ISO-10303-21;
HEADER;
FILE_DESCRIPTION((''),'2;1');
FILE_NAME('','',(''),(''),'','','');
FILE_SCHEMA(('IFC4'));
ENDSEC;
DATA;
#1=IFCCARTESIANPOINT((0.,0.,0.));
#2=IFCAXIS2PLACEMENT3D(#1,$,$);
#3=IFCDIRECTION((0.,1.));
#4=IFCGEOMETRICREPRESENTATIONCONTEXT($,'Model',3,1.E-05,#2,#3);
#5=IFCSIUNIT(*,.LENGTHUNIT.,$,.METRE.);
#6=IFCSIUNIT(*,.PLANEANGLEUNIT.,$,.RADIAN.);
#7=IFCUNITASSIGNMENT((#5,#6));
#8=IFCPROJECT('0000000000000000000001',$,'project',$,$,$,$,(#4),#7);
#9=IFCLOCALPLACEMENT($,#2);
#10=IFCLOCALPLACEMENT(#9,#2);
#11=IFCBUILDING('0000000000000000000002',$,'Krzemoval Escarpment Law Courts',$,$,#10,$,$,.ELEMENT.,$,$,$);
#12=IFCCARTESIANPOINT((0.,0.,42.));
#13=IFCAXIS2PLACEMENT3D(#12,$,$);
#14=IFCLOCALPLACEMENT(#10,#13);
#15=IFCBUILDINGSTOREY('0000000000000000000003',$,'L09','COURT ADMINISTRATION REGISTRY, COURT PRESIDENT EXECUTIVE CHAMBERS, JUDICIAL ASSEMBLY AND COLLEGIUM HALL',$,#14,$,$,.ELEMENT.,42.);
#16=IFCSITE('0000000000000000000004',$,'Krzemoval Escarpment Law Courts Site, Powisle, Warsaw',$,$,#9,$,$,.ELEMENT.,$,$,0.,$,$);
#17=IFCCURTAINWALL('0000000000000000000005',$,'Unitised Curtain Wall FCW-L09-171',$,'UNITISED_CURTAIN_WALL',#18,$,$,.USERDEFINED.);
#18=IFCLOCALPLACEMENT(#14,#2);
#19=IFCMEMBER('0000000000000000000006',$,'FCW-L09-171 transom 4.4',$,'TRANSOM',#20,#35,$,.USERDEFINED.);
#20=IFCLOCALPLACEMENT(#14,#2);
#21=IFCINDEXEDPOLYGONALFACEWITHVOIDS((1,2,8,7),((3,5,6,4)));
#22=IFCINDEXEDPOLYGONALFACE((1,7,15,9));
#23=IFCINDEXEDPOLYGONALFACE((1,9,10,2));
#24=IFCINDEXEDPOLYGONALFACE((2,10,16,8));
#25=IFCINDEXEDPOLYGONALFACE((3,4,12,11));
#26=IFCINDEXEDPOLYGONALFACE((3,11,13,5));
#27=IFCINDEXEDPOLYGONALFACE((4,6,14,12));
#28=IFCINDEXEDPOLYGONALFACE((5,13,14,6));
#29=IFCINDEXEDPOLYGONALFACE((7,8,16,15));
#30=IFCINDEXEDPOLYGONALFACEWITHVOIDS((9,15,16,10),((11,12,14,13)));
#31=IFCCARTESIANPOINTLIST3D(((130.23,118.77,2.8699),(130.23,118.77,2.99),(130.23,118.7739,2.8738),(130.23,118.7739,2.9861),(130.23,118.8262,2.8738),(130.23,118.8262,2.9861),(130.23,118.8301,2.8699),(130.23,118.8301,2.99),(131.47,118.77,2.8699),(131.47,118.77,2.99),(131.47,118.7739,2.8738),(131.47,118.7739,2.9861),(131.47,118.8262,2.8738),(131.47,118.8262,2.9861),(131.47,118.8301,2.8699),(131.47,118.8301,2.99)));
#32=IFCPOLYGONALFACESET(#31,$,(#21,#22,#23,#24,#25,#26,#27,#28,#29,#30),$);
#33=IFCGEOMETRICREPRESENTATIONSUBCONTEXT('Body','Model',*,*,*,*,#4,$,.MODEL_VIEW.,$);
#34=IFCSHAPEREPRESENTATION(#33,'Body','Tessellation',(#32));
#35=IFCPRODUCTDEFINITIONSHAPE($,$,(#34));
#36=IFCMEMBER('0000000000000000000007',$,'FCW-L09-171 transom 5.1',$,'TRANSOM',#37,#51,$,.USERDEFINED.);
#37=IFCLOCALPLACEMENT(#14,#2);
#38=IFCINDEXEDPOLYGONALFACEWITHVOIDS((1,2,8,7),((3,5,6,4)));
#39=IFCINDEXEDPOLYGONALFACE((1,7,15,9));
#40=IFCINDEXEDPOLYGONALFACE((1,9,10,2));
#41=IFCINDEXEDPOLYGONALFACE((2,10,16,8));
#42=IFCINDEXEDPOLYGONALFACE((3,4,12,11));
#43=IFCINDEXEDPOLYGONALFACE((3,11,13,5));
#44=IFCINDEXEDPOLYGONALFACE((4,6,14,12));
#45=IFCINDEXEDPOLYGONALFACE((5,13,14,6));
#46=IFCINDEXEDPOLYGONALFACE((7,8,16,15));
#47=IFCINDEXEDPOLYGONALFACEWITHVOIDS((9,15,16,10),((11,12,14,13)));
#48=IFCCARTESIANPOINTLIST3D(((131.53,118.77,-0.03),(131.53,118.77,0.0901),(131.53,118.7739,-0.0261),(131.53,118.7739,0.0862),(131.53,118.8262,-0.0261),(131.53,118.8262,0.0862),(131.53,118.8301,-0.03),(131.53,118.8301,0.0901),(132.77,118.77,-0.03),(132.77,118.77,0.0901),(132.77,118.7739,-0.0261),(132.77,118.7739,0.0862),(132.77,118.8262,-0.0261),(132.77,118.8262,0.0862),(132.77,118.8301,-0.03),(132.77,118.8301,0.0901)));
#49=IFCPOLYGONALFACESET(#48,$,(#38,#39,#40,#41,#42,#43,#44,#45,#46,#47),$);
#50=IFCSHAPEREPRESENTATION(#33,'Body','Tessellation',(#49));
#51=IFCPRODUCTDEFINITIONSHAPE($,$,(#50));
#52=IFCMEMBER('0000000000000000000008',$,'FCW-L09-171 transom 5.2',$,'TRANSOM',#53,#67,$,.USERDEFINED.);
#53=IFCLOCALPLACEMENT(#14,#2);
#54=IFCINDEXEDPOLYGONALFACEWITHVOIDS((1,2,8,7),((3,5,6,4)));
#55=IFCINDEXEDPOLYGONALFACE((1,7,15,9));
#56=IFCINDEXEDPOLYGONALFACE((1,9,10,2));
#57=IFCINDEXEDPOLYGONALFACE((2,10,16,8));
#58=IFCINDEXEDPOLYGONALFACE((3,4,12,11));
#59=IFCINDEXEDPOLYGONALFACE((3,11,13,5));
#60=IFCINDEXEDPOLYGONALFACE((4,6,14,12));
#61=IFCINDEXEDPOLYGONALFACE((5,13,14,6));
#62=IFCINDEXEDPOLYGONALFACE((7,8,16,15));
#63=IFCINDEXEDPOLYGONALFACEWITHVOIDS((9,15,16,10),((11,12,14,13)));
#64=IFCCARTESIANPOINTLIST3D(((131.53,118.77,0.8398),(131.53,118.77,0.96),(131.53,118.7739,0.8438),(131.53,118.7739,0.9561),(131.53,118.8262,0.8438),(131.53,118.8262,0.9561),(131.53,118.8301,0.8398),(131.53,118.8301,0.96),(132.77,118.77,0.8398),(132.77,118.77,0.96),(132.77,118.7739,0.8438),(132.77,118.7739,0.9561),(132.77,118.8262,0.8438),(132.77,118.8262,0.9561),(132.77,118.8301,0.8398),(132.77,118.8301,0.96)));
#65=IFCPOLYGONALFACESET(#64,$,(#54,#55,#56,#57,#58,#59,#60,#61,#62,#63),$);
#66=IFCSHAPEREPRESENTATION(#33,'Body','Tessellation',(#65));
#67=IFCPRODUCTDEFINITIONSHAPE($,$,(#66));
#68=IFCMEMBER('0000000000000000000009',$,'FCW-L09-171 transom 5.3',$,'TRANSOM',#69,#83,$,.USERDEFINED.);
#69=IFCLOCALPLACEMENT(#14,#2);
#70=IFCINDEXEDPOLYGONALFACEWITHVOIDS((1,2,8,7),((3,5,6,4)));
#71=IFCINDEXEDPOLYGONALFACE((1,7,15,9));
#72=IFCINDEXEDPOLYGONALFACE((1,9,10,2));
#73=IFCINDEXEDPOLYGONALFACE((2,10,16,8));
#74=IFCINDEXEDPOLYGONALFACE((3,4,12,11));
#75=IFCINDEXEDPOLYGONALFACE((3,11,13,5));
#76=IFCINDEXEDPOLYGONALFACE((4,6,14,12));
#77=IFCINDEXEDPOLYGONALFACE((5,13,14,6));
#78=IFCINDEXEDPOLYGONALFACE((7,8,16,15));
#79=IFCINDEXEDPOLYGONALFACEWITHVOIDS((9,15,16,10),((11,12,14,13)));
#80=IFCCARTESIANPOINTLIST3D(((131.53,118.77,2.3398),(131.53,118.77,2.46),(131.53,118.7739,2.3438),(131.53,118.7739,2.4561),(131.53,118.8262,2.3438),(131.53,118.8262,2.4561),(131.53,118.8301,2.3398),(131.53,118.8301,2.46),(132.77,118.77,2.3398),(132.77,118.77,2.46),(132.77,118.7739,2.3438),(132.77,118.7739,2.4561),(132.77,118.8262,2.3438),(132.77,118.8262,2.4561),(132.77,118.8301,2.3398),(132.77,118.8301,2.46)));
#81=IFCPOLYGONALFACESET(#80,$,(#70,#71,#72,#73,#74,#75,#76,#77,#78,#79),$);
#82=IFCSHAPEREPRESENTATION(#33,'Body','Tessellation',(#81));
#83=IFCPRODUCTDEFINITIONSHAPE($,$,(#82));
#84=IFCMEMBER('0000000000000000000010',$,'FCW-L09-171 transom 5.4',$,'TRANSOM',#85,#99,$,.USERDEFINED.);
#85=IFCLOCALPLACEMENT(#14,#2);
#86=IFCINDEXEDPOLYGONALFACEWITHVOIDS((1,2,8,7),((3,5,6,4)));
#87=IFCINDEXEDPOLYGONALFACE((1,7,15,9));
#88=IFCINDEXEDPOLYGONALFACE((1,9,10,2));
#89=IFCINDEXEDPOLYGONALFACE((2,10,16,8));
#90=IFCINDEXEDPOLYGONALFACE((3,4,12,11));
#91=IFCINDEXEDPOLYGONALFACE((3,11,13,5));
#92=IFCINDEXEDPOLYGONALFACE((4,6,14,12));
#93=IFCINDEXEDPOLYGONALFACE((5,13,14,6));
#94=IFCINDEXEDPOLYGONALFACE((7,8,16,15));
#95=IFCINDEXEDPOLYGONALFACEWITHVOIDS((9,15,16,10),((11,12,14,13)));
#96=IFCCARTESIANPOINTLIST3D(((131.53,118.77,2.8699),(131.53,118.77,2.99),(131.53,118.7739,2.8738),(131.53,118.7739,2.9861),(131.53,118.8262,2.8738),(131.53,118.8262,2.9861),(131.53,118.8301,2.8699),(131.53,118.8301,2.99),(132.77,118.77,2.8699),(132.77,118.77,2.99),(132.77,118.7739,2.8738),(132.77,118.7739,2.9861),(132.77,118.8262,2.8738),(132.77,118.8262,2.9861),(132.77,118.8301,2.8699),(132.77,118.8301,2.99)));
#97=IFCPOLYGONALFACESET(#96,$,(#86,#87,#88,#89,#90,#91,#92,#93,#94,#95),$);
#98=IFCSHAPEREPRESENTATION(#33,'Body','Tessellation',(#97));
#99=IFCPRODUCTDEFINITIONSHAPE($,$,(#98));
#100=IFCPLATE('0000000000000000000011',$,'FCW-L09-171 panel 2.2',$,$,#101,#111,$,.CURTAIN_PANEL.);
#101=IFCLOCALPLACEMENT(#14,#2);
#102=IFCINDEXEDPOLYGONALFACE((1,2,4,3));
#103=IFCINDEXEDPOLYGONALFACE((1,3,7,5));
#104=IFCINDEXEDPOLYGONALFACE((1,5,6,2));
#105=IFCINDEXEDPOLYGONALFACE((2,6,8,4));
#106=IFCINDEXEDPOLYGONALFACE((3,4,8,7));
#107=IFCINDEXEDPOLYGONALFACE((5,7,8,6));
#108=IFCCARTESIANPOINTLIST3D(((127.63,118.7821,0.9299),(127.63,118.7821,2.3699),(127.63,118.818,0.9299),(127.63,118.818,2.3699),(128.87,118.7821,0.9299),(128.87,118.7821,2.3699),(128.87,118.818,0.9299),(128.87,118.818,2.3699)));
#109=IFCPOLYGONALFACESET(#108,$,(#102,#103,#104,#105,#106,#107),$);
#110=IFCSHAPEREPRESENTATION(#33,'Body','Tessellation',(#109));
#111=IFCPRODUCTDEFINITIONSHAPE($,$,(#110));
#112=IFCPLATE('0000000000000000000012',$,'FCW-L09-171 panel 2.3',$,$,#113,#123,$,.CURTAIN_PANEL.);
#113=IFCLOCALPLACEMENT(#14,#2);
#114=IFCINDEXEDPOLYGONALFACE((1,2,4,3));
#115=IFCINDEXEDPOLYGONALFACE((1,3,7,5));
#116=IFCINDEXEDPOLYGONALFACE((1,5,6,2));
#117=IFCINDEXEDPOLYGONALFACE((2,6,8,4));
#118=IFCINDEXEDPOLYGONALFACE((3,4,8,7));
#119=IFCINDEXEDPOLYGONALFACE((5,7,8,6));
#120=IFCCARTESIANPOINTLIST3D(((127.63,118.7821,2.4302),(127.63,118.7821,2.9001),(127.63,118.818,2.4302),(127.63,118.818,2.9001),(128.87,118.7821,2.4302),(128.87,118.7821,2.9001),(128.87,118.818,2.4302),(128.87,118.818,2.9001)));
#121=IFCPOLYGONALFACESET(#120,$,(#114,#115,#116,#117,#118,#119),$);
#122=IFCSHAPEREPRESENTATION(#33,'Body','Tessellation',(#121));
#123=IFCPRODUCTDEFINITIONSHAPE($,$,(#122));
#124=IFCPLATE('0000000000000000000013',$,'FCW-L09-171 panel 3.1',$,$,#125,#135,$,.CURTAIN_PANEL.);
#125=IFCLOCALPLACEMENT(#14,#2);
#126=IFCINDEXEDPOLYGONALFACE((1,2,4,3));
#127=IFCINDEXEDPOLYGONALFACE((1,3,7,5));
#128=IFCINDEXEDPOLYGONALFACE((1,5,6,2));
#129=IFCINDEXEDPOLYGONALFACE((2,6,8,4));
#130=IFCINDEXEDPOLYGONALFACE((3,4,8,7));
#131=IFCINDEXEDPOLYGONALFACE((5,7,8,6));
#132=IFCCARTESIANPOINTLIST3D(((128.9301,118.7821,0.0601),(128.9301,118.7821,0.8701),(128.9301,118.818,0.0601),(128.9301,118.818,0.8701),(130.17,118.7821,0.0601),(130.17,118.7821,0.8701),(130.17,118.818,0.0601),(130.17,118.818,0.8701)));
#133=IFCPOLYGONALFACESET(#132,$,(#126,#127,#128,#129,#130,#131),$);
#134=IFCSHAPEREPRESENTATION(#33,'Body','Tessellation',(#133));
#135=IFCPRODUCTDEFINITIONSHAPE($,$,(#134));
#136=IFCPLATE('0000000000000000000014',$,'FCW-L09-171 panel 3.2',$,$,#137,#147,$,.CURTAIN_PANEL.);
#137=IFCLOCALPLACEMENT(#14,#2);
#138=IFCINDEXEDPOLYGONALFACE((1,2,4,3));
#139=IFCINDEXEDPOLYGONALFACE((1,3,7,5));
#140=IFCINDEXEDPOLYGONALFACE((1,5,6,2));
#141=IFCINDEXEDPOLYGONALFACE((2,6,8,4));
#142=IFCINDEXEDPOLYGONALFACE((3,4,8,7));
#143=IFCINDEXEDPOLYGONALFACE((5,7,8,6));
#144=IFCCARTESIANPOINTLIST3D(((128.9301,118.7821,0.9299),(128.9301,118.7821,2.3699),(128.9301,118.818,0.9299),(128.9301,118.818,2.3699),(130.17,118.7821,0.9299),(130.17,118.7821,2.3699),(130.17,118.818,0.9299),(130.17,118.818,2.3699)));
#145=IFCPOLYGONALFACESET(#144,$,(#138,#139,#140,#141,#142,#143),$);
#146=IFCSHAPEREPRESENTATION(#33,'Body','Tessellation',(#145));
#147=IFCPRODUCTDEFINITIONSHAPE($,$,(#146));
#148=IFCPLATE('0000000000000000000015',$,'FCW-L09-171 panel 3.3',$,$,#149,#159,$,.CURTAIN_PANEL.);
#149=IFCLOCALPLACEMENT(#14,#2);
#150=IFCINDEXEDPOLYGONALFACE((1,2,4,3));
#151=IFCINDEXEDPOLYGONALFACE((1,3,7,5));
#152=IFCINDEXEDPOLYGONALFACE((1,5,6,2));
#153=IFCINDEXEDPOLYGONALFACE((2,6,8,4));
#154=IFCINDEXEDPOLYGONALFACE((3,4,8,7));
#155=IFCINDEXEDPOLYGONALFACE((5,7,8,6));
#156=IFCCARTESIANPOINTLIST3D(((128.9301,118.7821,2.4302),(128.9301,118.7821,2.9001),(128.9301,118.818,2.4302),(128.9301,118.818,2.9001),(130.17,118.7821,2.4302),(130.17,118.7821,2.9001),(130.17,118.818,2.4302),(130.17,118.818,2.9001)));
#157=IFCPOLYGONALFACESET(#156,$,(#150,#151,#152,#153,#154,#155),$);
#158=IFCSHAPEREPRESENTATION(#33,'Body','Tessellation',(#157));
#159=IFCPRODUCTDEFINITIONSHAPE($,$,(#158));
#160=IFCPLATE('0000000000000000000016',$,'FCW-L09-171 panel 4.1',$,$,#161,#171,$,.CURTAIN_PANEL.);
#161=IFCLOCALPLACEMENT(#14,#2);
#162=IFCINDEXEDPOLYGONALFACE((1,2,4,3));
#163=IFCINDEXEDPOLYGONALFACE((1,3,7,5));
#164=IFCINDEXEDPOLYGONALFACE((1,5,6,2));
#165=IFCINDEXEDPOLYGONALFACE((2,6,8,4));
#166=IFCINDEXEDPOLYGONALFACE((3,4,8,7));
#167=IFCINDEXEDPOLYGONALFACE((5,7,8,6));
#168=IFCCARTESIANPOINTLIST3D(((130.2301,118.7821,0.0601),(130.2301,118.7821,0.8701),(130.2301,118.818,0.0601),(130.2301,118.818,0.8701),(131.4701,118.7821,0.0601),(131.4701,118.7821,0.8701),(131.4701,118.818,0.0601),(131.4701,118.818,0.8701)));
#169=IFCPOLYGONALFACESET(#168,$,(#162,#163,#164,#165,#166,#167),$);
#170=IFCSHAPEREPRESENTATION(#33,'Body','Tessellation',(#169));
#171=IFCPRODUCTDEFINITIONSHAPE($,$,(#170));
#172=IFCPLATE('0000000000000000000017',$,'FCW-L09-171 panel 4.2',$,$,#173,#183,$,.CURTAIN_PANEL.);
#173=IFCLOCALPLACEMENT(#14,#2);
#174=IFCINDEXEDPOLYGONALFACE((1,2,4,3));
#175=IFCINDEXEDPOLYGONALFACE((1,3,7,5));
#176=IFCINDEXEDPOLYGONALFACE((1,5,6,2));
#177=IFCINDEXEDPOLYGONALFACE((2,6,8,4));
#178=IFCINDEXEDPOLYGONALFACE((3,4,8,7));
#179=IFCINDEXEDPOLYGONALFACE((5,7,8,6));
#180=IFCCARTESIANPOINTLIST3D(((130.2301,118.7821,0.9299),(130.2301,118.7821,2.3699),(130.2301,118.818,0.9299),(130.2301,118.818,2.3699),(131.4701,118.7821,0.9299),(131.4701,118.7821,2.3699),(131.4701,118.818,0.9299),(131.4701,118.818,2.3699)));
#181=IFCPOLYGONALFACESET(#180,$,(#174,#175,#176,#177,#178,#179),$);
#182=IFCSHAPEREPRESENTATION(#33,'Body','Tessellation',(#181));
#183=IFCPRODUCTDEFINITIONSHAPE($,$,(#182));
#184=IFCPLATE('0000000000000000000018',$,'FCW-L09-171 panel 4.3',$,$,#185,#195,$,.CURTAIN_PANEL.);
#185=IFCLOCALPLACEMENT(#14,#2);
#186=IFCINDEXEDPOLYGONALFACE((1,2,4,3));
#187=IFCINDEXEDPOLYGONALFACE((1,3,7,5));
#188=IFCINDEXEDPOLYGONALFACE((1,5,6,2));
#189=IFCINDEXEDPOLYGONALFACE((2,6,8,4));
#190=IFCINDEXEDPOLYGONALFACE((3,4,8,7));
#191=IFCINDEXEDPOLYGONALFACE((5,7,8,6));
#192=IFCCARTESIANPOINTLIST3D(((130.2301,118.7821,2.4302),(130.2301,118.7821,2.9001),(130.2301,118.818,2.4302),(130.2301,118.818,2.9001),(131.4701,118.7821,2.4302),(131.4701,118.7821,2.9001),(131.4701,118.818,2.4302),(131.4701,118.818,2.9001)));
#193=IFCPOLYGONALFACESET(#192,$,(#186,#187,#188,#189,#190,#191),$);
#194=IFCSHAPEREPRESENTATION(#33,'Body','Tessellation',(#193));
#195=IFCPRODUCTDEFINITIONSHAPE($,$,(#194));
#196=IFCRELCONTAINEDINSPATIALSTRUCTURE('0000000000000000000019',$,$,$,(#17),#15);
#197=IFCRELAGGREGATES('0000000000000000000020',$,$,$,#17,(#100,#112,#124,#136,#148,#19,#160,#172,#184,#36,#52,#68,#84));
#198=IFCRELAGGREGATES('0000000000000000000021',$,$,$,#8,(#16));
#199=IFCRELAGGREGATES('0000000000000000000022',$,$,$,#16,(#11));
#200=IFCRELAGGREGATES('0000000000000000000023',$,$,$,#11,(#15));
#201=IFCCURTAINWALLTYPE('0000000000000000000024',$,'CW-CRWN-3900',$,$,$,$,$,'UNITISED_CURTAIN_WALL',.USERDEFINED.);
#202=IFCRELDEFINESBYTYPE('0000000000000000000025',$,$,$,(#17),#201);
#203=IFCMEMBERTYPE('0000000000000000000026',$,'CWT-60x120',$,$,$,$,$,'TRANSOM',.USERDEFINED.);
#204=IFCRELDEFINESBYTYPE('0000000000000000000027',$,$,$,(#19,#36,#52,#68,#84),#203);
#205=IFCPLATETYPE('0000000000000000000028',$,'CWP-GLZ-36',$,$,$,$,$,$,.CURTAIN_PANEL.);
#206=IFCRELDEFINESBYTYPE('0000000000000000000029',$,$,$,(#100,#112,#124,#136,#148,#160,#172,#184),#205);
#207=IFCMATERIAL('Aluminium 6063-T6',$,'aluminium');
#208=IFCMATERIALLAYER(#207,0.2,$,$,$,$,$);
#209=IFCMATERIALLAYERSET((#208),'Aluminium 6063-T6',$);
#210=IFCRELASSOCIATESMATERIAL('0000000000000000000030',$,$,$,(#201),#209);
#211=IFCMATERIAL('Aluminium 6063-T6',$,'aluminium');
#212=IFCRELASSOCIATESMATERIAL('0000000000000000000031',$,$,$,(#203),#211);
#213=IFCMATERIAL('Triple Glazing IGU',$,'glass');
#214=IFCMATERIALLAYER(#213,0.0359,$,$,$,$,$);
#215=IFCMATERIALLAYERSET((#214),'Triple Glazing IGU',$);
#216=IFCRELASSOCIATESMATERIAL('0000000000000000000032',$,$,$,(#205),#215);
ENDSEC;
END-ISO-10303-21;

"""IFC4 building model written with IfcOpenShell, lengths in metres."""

from ifc_helpers import new_model, si_unit, direction, frame, origin, origin_2d, place, context, subcontext, project, spatial, rectangle, hollow_rectangle, extrude, material, layer, layer_set, material_profile, profile_set, type_object, element, aggregate, save


model = new_model("IFC4")

# Units and contexts
model_context = context("Model", 3, precision=1e-05, world=origin(), true_north=direction((0.0, 1.0)))
body_context = subcontext(model_context, "Body", "Model", "MODEL_VIEW")
ifc_project = project(units=[si_unit("LENGTHUNIT", "METRE"), si_unit("PLANEANGLEUNIT", "RADIAN")], contexts=[model_context])

# Site, building, storey
site_placement = place(None, origin())
site = spatial("IfcSite", under=ifc_project, at=site_placement, Name="Krzemoval Escarpment Law Courts Site, Powisle, Warsaw", CompositionType="ELEMENT", RefElevation=0.0)
building_placement = place(site_placement, origin())
building = spatial("IfcBuilding", under=site, at=building_placement, Name="Krzemoval Escarpment Law Courts", CompositionType="ELEMENT")
storey_placement = place(building_placement, frame((0.0, 0.0, 42.0)))
storey = spatial("IfcBuildingStorey", under=building, at=storey_placement, Name="L09", Description="COURT ADMINISTRATION REGISTRY, COURT PRESIDENT EXECUTIVE CHAMBERS, JUDICIAL ASSEMBLY AND COLLEGIUM HALL", CompositionType="ELEMENT", Elevation=42.0)

# Curtain wall, members, plates
ifc_material_1 = material(Name="Aluminium 6063-T6", Category="aluminium")
ifc_layer_1 = layer(ifc_material_1, 0.2)
ifc_layer_set_1 = layer_set([ifc_layer_1], Name="Aluminium 6063-T6")
curtain_wall_type = type_object("IfcCurtainWallType", Name="CW-CRWN-3900", ElementType="UNITISED_CURTAIN_WALL", PredefinedType="USERDEFINED", material=ifc_layer_set_1)
curtain_wall_placement = place(storey_placement, origin())
curtain_wall = element("IfcCurtainWall", 1, at=curtain_wall_placement, inside=storey, type_object=curtain_wall_type, Name="Unitised Curtain Wall FCW-L09-171", ObjectType="UNITISED_CURTAIN_WALL", PredefinedType="USERDEFINED")
ifc_material_2 = material(Name="Aluminium 6063-T6", Category="aluminium")
ifc_material_profile_1 = material_profile(ifc_material_2, hollow_rectangle(XDim=0.0601, YDim=0.1201, WallThickness=0.0039, at=origin_2d()), Name="ALU T60x120")
ifc_profile_set_1 = profile_set([ifc_material_profile_1], Name="Aluminium 6063-T6")
member_type_1 = type_object("IfcMemberType", Name="CWT-60x120", ElementType="TRANSOM", PredefinedType="USERDEFINED", material=ifc_profile_set_1)
member_1_placement = place(storey_placement, frame((130.23, 118.8, 2.9299), z_axis=(1.0, 0.0, 0.0), x_axis=(0.0, 1.0, 0.0)))
member_1 = element("IfcMember", 2, at=member_1_placement, type_object=member_type_1, Name="FCW-L09-171 transom 4.4", ObjectType="TRANSOM", PredefinedType="USERDEFINED", context=body_context, shape_type="SweptSolid", body=[
    extrude(hollow_rectangle(XDim=0.0601, YDim=0.1201, WallThickness=0.0039, at=origin_2d()), origin(), (0.0, 0.0, 1.0), 1.24),
])
member_2_placement = place(storey_placement, frame((131.53, 118.8, 0.03), z_axis=(1.0, 0.0, 0.0), x_axis=(0.0, 1.0, 0.0)))
member_2 = element("IfcMember", 3, at=member_2_placement, type_object=member_type_1, Name="FCW-L09-171 transom 5.1", ObjectType="TRANSOM", PredefinedType="USERDEFINED", context=body_context, shape_type="SweptSolid", body=[
    extrude(hollow_rectangle(XDim=0.0601, YDim=0.1201, WallThickness=0.0039, at=origin_2d()), origin(), (0.0, 0.0, 1.0), 1.24),
])
member_3_placement = place(storey_placement, frame((131.53, 118.8, 0.8999), z_axis=(1.0, 0.0, 0.0), x_axis=(0.0, 1.0, 0.0)))
member_3 = element("IfcMember", 4, at=member_3_placement, type_object=member_type_1, Name="FCW-L09-171 transom 5.2", ObjectType="TRANSOM", PredefinedType="USERDEFINED", context=body_context, shape_type="SweptSolid", body=[
    extrude(hollow_rectangle(XDim=0.0601, YDim=0.1201, WallThickness=0.0039, at=origin_2d()), origin(), (0.0, 0.0, 1.0), 1.24),
])
member_4_placement = place(storey_placement, frame((131.53, 118.8, 2.3999), z_axis=(1.0, 0.0, 0.0), x_axis=(0.0, 1.0, 0.0)))
member_4 = element("IfcMember", 5, at=member_4_placement, type_object=member_type_1, Name="FCW-L09-171 transom 5.3", ObjectType="TRANSOM", PredefinedType="USERDEFINED", context=body_context, shape_type="SweptSolid", body=[
    extrude(hollow_rectangle(XDim=0.0601, YDim=0.1201, WallThickness=0.0039, at=origin_2d()), origin(), (0.0, 0.0, 1.0), 1.24),
])
member_5_placement = place(storey_placement, frame((131.53, 118.8, 2.9299), z_axis=(1.0, 0.0, 0.0), x_axis=(0.0, 1.0, 0.0)))
member_5 = element("IfcMember", 6, at=member_5_placement, type_object=member_type_1, Name="FCW-L09-171 transom 5.4", ObjectType="TRANSOM", PredefinedType="USERDEFINED", context=body_context, shape_type="SweptSolid", body=[
    extrude(hollow_rectangle(XDim=0.0601, YDim=0.1201, WallThickness=0.0039, at=origin_2d()), origin(), (0.0, 0.0, 1.0), 1.24),
])
ifc_material_3 = material(Name="Triple Glazing IGU", Category="glass")
ifc_layer_2 = layer(ifc_material_3, 0.0359)
ifc_layer_set_2 = layer_set([ifc_layer_2], Name="Triple Glazing IGU")
plate_type = type_object("IfcPlateType", Name="CWP-GLZ-36", PredefinedType="CURTAIN_PANEL", material=ifc_layer_set_2)
plate_1_placement = place(storey_placement, frame((128.25, 118.8, 0.9299), z_axis=(0.0, 0.0, 1.0), x_axis=(1.0, 0.0, 0.0)))
plate_1 = element("IfcPlate", 7, at=plate_1_placement, type_object=plate_type, Name="FCW-L09-171 panel 2.2", PredefinedType="CURTAIN_PANEL", context=body_context, shape_type="SweptSolid", body=[
    extrude(rectangle(XDim=1.24, YDim=0.0359, at=origin_2d()), origin(), (0.0, 0.0, 1.0), 1.4399),
])
plate_2_placement = place(storey_placement, frame((128.25, 118.8, 2.4302), z_axis=(0.0, 0.0, 1.0), x_axis=(1.0, 0.0, 0.0)))
plate_2 = element("IfcPlate", 8, at=plate_2_placement, type_object=plate_type, Name="FCW-L09-171 panel 2.3", PredefinedType="CURTAIN_PANEL", context=body_context, shape_type="SweptSolid", body=[
    extrude(rectangle(XDim=1.24, YDim=0.0359, at=origin_2d()), origin(), (0.0, 0.0, 1.0), 0.47),
])
plate_3_placement = place(storey_placement, frame((129.55, 118.8, 0.0601), z_axis=(0.0, 0.0, 1.0), x_axis=(1.0, 0.0, 0.0)))
plate_3 = element("IfcPlate", 9, at=plate_3_placement, type_object=plate_type, Name="FCW-L09-171 panel 3.1", PredefinedType="CURTAIN_PANEL", context=body_context, shape_type="SweptSolid", body=[
    extrude(rectangle(XDim=1.24, YDim=0.0359, at=origin_2d()), origin(), (0.0, 0.0, 1.0), 0.8101),
])
plate_4_placement = place(storey_placement, frame((129.55, 118.8, 0.9299), z_axis=(0.0, 0.0, 1.0), x_axis=(1.0, 0.0, 0.0)))
plate_4 = element("IfcPlate", 10, at=plate_4_placement, type_object=plate_type, Name="FCW-L09-171 panel 3.2", PredefinedType="CURTAIN_PANEL", context=body_context, shape_type="SweptSolid", body=[
    extrude(rectangle(XDim=1.24, YDim=0.0359, at=origin_2d()), origin(), (0.0, 0.0, 1.0), 1.4399),
])
plate_5_placement = place(storey_placement, frame((129.55, 118.8, 2.4302), z_axis=(0.0, 0.0, 1.0), x_axis=(1.0, 0.0, 0.0)))
plate_5 = element("IfcPlate", 11, at=plate_5_placement, type_object=plate_type, Name="FCW-L09-171 panel 3.3", PredefinedType="CURTAIN_PANEL", context=body_context, shape_type="SweptSolid", body=[
    extrude(rectangle(XDim=1.24, YDim=0.0359, at=origin_2d()), origin(), (0.0, 0.0, 1.0), 0.47),
])
plate_6_placement = place(storey_placement, frame((130.8501, 118.8, 0.0601), z_axis=(0.0, 0.0, 1.0), x_axis=(1.0, 0.0, 0.0)))
plate_6 = element("IfcPlate", 12, at=plate_6_placement, type_object=plate_type, Name="FCW-L09-171 panel 4.1", PredefinedType="CURTAIN_PANEL", context=body_context, shape_type="SweptSolid", body=[
    extrude(rectangle(XDim=1.24, YDim=0.0359, at=origin_2d()), origin(), (0.0, 0.0, 1.0), 0.8101),
])
plate_7_placement = place(storey_placement, frame((130.8501, 118.8, 0.9299), z_axis=(0.0, 0.0, 1.0), x_axis=(1.0, 0.0, 0.0)))
plate_7 = element("IfcPlate", 13, at=plate_7_placement, type_object=plate_type, Name="FCW-L09-171 panel 4.2", PredefinedType="CURTAIN_PANEL", context=body_context, shape_type="SweptSolid", body=[
    extrude(rectangle(XDim=1.24, YDim=0.0359, at=origin_2d()), origin(), (0.0, 0.0, 1.0), 1.4399),
])
plate_8_placement = place(storey_placement, frame((130.8501, 118.8, 2.4302), z_axis=(0.0, 0.0, 1.0), x_axis=(1.0, 0.0, 0.0)))
plate_8 = element("IfcPlate", 14, at=plate_8_placement, type_object=plate_type, Name="FCW-L09-171 panel 4.3", PredefinedType="CURTAIN_PANEL", context=body_context, shape_type="SweptSolid", body=[
    extrude(rectangle(XDim=1.24, YDim=0.0359, at=origin_2d()), origin(), (0.0, 0.0, 1.0), 0.47),
])
aggregate(curtain_wall, [plate_1, plate_2, plate_3, plate_4, plate_5, member_1, plate_6, plate_7, plate_8, member_2, member_3, member_4, member_5])

save(model, "model.ifc")
